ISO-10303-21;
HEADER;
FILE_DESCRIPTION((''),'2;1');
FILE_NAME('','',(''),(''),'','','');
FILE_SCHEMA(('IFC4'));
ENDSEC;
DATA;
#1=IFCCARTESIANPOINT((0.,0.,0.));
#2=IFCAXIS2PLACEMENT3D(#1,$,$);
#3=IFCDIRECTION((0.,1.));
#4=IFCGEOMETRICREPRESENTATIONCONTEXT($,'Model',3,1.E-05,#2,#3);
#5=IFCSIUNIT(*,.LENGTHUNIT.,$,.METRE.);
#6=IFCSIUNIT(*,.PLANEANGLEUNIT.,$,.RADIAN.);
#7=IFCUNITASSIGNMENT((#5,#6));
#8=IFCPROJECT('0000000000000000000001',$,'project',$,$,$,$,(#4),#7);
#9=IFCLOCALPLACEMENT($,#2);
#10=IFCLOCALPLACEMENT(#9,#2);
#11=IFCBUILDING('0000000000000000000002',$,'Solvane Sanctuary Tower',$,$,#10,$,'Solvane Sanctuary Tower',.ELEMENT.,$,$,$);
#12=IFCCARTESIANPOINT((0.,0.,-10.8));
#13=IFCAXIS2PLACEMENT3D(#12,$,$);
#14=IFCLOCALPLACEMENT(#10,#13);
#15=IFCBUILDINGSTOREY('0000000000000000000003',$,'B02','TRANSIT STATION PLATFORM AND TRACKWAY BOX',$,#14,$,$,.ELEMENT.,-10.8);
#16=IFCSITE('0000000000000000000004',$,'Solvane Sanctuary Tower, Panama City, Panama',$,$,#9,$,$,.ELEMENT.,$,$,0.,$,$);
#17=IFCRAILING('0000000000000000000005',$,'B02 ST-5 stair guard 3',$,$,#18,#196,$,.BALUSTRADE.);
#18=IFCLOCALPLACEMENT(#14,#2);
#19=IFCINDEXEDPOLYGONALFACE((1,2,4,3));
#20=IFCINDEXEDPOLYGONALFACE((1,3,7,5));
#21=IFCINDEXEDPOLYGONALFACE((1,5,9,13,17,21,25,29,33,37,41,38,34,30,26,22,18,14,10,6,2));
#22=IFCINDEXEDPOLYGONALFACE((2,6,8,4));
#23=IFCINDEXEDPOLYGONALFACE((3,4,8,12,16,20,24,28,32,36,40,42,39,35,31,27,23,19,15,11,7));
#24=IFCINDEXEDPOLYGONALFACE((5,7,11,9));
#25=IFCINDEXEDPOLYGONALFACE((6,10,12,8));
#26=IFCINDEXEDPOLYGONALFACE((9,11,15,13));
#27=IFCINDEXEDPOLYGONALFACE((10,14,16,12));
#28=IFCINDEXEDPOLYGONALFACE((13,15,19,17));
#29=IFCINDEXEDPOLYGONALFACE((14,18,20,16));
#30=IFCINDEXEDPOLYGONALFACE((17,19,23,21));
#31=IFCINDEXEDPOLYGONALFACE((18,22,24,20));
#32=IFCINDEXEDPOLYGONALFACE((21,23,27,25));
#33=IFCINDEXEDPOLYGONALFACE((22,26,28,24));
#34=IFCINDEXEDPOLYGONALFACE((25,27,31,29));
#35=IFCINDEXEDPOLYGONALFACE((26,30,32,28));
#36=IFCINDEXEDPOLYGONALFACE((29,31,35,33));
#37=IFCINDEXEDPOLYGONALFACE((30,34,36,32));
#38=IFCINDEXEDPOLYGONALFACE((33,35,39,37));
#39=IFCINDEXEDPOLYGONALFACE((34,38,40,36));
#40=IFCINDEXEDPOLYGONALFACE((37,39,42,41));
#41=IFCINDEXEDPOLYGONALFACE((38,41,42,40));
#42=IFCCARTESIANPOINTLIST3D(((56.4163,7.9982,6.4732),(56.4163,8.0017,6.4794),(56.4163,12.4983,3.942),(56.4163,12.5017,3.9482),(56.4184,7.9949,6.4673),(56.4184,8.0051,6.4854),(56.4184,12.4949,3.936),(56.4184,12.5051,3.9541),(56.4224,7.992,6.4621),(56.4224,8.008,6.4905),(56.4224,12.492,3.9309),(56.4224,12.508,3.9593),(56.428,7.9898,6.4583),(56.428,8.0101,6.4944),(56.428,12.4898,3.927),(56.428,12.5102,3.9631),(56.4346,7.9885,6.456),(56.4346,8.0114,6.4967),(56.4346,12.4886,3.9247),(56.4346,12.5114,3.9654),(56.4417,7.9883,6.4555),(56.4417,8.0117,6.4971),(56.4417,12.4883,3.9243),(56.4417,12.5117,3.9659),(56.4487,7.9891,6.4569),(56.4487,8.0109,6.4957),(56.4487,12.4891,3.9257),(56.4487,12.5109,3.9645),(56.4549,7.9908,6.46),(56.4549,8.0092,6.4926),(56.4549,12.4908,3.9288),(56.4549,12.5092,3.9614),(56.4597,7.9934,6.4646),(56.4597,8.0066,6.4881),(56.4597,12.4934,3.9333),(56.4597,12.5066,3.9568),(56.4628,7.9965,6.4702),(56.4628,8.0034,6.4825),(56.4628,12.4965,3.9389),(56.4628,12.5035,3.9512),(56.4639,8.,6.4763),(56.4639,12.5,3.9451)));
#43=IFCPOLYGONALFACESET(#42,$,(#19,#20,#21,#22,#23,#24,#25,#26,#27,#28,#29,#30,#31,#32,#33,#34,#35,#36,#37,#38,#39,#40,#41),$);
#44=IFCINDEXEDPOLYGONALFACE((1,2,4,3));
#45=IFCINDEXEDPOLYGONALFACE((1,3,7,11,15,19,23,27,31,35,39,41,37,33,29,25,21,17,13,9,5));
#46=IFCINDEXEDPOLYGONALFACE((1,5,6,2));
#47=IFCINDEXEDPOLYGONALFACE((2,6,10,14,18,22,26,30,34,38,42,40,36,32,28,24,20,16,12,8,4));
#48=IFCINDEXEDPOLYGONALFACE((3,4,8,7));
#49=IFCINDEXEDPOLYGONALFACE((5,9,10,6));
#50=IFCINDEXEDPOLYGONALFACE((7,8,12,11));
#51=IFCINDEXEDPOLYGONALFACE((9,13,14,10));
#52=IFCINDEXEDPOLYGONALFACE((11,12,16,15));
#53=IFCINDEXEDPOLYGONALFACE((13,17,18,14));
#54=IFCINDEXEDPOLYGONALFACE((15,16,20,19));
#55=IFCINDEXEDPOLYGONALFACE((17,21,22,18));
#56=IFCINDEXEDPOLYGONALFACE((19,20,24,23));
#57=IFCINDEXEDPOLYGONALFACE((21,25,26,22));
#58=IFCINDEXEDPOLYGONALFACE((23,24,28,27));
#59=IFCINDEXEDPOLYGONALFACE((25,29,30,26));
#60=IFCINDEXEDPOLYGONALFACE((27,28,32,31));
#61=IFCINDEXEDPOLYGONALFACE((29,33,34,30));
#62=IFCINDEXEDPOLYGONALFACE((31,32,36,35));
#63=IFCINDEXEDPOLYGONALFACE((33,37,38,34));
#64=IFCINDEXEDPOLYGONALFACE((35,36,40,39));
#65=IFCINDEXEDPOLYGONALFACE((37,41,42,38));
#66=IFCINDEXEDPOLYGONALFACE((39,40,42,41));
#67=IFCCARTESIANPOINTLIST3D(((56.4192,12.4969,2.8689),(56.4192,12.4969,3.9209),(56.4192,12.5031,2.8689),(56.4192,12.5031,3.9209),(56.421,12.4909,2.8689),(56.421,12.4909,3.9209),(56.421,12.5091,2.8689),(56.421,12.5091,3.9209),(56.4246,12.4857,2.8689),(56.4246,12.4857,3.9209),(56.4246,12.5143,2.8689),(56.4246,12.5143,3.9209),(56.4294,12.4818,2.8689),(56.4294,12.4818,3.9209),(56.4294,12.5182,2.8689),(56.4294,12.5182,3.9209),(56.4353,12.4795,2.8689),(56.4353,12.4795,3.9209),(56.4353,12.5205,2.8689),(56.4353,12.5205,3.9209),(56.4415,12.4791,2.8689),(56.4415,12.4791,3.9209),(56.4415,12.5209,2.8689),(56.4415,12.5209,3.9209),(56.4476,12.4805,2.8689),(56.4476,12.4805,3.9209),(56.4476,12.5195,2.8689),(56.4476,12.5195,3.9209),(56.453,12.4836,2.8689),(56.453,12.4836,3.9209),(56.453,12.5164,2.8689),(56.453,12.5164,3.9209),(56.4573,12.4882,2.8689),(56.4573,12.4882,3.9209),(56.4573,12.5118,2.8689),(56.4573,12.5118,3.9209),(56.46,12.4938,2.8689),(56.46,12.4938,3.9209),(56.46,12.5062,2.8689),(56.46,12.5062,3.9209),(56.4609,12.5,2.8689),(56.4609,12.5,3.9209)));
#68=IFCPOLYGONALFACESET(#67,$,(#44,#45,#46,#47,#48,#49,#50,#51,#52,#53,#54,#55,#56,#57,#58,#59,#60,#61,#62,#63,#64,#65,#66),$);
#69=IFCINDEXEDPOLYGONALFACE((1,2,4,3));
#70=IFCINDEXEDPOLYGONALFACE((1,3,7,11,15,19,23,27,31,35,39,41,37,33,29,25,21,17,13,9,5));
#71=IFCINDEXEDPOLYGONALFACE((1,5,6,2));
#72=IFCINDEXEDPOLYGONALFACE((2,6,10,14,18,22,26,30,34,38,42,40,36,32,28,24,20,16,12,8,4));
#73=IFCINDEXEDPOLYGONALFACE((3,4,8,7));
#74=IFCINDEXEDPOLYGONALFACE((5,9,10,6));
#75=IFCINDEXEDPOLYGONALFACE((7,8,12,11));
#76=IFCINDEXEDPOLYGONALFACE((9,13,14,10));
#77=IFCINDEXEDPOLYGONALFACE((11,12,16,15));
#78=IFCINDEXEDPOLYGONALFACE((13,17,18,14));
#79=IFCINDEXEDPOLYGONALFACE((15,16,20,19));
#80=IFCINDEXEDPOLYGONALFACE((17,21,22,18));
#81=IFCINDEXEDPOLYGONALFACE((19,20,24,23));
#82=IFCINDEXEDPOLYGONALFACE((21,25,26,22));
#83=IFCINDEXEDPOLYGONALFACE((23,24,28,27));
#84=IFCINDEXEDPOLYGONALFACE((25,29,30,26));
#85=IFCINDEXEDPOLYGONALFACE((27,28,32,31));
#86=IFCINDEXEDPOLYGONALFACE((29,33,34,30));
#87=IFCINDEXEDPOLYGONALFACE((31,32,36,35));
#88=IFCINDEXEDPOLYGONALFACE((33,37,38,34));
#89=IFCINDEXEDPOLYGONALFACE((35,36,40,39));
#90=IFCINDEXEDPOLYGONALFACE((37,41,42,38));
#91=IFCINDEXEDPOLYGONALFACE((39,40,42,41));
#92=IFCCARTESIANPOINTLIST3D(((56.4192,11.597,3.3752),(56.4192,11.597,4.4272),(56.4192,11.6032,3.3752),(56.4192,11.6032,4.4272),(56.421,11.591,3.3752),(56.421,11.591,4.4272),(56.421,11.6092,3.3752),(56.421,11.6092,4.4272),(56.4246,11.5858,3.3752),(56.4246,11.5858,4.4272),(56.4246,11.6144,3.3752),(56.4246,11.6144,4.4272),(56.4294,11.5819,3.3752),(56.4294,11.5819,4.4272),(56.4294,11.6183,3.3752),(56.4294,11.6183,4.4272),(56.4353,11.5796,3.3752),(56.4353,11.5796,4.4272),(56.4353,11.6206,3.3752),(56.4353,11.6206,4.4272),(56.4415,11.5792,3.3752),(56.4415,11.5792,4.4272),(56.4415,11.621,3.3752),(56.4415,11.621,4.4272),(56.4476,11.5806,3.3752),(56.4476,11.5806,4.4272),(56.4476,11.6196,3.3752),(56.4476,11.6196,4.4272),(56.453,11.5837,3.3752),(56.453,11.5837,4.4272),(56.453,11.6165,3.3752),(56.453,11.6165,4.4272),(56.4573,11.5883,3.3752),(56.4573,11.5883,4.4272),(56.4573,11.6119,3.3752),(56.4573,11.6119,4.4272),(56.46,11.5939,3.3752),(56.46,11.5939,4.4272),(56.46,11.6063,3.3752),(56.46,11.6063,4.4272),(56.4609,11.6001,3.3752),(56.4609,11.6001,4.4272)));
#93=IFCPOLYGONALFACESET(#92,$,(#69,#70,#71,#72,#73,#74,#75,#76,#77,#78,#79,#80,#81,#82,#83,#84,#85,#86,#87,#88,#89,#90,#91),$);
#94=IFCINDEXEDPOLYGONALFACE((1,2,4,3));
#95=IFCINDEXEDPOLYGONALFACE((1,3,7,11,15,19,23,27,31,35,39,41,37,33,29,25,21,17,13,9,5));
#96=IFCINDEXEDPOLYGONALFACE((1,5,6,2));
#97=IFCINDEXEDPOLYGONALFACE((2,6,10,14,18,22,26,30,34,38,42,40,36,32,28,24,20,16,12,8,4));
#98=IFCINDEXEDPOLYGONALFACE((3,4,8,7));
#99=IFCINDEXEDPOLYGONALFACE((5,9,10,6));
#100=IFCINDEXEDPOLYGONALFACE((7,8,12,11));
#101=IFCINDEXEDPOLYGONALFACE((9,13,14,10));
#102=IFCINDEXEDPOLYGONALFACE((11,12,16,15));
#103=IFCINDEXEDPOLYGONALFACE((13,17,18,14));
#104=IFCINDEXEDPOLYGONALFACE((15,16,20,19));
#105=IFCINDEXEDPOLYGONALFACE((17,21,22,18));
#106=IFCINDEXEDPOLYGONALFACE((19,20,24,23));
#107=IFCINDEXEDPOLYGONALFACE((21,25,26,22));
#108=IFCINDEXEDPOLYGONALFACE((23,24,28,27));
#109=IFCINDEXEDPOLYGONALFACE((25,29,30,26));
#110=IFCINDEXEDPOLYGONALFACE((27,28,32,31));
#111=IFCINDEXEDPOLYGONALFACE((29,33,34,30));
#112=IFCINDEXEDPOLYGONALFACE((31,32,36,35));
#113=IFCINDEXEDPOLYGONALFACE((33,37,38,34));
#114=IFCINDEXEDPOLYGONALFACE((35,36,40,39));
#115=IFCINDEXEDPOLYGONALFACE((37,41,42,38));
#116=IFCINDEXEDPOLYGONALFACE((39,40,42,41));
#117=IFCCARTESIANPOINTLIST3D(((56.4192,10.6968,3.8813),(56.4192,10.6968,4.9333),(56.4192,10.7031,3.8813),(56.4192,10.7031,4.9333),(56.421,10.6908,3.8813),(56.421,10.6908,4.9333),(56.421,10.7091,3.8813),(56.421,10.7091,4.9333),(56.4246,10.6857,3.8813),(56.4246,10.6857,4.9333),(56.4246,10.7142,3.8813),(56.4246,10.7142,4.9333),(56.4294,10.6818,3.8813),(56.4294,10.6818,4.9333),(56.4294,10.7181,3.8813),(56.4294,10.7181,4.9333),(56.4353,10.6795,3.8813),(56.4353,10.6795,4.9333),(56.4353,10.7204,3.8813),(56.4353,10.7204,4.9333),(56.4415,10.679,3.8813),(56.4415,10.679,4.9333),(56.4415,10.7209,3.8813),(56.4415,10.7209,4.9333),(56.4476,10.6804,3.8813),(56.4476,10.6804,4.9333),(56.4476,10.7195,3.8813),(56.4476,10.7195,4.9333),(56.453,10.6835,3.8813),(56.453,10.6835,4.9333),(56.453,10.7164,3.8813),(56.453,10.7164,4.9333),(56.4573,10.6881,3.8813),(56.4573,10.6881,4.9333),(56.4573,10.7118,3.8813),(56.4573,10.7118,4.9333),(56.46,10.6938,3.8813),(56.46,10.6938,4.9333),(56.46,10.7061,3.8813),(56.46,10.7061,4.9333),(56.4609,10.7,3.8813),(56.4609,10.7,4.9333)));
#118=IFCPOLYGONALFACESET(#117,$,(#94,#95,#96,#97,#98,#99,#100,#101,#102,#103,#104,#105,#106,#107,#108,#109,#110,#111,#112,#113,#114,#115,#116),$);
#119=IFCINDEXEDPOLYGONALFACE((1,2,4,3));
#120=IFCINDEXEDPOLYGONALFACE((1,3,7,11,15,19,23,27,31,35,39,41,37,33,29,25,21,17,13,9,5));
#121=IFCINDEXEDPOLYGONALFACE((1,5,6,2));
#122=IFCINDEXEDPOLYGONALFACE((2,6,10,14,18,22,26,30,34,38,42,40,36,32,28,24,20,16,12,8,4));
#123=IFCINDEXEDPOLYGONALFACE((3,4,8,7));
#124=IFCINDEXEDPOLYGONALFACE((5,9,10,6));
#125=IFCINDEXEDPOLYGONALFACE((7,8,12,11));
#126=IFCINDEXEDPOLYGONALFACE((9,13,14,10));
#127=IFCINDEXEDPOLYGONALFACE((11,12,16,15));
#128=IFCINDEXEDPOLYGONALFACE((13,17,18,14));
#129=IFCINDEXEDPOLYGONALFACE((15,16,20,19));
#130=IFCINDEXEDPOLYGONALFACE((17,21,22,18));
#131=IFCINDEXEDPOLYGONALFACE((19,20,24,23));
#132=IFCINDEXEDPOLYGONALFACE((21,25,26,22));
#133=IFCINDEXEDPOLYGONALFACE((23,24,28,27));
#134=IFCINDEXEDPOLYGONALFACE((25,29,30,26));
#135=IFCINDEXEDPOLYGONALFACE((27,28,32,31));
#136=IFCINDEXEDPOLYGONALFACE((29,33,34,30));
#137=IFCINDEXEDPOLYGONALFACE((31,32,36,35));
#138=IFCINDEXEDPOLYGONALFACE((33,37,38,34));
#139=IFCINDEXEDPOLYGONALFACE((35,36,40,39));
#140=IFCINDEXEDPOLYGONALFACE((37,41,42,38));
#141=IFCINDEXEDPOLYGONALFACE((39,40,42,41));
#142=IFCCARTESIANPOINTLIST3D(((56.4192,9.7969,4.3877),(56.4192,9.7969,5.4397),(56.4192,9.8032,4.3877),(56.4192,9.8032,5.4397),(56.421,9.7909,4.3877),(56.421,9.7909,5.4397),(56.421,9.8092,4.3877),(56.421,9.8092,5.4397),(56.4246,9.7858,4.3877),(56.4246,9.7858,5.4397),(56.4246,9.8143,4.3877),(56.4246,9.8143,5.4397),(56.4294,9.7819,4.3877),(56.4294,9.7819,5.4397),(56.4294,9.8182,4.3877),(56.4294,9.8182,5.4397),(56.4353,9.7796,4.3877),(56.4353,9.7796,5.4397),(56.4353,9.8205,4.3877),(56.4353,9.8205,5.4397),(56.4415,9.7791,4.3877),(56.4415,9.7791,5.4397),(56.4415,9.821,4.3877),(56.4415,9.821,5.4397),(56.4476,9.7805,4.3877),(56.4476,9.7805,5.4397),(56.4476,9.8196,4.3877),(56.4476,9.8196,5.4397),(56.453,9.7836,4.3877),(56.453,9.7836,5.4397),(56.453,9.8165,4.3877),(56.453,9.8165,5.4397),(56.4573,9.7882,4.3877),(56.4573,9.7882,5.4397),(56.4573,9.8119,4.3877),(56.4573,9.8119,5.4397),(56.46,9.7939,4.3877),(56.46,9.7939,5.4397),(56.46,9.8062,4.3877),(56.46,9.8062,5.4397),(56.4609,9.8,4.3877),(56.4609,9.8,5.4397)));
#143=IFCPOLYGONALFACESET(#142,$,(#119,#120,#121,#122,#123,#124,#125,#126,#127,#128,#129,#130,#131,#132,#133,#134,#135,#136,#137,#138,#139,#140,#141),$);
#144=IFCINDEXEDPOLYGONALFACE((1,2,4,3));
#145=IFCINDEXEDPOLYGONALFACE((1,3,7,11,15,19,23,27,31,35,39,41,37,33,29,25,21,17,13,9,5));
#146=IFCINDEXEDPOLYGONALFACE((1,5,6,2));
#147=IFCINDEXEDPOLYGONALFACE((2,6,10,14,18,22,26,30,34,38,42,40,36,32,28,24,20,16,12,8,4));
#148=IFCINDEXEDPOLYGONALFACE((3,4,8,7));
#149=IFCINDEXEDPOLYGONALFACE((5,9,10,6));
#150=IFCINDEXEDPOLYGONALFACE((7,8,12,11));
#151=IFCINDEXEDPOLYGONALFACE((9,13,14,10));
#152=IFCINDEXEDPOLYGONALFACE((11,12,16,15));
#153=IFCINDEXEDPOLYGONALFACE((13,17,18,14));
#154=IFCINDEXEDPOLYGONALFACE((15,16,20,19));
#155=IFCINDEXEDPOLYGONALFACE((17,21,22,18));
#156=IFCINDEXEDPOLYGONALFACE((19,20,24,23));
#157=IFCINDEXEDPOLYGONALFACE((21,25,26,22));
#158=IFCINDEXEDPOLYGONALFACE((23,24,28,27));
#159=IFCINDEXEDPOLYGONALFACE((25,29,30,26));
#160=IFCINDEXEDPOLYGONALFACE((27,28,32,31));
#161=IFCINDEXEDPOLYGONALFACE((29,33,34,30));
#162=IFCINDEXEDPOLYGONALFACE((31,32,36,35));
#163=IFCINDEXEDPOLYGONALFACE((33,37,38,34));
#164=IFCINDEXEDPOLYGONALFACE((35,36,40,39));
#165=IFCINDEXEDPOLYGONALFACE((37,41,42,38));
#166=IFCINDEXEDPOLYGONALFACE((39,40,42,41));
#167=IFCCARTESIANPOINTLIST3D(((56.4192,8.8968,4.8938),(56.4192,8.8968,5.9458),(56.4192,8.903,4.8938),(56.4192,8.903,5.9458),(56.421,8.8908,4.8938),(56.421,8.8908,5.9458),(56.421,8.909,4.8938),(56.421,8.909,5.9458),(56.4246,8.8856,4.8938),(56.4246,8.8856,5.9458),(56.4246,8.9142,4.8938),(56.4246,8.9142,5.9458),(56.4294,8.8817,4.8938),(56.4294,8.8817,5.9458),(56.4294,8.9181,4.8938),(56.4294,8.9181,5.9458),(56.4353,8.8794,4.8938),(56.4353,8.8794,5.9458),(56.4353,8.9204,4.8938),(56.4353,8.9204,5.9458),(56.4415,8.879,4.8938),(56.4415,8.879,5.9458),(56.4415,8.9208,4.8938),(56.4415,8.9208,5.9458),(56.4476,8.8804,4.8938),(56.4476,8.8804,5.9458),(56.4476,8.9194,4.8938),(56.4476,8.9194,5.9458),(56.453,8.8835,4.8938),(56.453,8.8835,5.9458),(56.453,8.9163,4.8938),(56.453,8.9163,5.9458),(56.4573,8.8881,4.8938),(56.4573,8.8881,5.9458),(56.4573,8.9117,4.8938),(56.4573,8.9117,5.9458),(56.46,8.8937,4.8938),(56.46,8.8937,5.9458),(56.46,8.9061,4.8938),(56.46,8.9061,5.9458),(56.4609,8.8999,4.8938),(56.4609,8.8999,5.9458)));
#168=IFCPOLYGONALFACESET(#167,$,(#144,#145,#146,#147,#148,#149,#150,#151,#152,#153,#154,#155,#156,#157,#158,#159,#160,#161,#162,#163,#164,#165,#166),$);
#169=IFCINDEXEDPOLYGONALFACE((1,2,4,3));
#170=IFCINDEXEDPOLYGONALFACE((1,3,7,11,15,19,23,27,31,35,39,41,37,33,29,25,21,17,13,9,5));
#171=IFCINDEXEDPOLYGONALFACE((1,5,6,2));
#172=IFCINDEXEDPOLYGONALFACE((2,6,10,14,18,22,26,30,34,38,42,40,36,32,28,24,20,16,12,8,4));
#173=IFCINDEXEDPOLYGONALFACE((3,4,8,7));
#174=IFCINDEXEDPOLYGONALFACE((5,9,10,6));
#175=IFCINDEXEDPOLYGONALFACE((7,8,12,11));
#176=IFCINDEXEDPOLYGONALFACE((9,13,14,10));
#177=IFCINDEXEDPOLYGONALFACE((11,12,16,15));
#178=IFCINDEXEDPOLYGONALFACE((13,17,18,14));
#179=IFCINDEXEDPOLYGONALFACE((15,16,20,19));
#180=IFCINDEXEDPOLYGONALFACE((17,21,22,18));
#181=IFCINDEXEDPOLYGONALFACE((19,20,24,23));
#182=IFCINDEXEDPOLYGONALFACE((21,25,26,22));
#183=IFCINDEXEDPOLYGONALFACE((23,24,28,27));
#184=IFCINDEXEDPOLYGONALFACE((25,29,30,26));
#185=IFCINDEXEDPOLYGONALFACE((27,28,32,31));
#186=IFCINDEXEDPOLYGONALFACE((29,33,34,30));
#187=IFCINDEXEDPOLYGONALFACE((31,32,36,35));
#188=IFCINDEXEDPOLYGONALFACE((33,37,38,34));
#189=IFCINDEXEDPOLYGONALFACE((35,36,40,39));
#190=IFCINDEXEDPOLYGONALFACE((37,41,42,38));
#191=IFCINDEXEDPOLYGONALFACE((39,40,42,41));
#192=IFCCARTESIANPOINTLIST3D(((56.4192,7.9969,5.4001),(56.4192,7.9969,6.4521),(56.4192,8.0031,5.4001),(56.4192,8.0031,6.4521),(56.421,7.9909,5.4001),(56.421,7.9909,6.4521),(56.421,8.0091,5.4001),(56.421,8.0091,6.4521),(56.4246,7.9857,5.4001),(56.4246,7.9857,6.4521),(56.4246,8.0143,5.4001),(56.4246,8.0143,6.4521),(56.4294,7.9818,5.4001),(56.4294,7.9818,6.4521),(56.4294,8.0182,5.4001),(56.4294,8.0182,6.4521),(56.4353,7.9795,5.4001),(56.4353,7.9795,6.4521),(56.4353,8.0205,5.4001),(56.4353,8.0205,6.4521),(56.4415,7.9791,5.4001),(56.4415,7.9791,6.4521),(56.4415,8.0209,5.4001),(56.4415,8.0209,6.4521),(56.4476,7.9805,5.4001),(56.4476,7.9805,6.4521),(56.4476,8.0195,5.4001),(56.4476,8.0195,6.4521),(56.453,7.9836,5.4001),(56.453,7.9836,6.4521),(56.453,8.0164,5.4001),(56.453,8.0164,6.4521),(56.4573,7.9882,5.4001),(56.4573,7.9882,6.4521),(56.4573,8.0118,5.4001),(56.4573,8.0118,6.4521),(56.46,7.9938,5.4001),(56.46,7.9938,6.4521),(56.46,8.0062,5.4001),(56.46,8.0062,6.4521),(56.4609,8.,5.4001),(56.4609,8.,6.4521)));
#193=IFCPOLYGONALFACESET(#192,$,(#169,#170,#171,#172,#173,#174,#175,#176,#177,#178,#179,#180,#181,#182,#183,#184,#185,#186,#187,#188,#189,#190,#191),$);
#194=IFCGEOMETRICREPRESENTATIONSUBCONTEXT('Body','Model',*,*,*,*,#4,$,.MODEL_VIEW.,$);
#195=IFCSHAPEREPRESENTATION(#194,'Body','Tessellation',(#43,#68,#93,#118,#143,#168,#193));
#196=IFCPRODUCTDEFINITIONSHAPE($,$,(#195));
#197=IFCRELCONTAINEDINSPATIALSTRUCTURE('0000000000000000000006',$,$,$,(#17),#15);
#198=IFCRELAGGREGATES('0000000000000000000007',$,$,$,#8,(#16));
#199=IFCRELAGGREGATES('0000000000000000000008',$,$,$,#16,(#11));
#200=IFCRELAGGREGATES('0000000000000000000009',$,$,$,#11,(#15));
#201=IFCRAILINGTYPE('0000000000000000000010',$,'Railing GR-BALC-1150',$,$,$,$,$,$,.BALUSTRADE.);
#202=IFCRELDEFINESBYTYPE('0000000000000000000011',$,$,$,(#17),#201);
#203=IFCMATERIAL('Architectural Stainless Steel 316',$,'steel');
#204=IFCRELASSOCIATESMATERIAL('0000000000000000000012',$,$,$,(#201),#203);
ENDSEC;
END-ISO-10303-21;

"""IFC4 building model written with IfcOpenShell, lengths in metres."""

from ifc_helpers import new_model, si_unit, direction, frame, origin, origin_2d, place, context, subcontext, project, spatial, circle, extrude, material, type_object, element, save


model = new_model("IFC4")

# Units and contexts
model_context = context("Model", 3, precision=1e-05, world=origin(), true_north=direction((0.0, 1.0)))
body_context = subcontext(model_context, "Body", "Model", "MODEL_VIEW")
ifc_project = project(units=[si_unit("LENGTHUNIT", "METRE"), si_unit("PLANEANGLEUNIT", "RADIAN")], contexts=[model_context])

# Site, building, storey
site_placement = place(None, origin())
site = spatial("IfcSite", under=ifc_project, at=site_placement, Name="Solvane Sanctuary Tower, Panama City, Panama", CompositionType="ELEMENT", RefElevation=0.0)
building_placement = place(site_placement, origin())
building = spatial("IfcBuilding", under=site, at=building_placement, Name="Solvane Sanctuary Tower", LongName="Solvane Sanctuary Tower", CompositionType="ELEMENT")
storey_placement = place(building_placement, frame((0.0, 0.0, -10.8)))
storey = spatial("IfcBuildingStorey", under=building, at=storey_placement, Name="B02", Description="TRANSIT STATION PLATFORM AND TRACKWAY BOX", CompositionType="ELEMENT", Elevation=-10.8)

# Shared definitions
ifc_material_1 = material(Name="Architectural Stainless Steel 316", Category="steel")

# Railing
railing_type_1 = type_object("IfcRailingType", Name="Railing GR-BALC-1150", PredefinedType="BALUSTRADE", material=ifc_material_1)
railing_1_placement = place(storey_placement, frame((56.4399, 12.5, 2.8689)))
element("IfcRailing", 1, at=railing_1_placement, inside=storey, type_object=railing_type_1, Name="B02 ST-5 stair guard 3", PredefinedType="BALUSTRADE", context=body_context, shape_type="SweptSolid", body=[
    extrude(circle(Radius=0.0239, at=origin_2d()), frame((0.0, 0.0, 1.0762), z_axis=(0.0, -0.871576, 0.490261), x_axis=(1.0, 0.0, 0.0)), (0.0, 0.0, 1.0), 5.1631),
    extrude(circle(Radius=0.021, at=origin_2d()), origin(), (0.0, 0.0, 1.0), 1.052),
    extrude(circle(Radius=0.021, at=origin_2d()), frame((0.0, -0.8999, 0.5063)), (0.0, 0.0, 1.0), 1.052),
    extrude(circle(Radius=0.021, at=origin_2d()), frame((0.0, -1.8, 1.0125)), (0.0, 0.0, 1.0), 1.052),
    extrude(circle(Radius=0.021, at=origin_2d()), frame((0.0, -2.7, 1.5188)), (0.0, 0.0, 1.0), 1.052),
    extrude(circle(Radius=0.021, at=origin_2d()), frame((0.0, -3.6001, 2.0249)), (0.0, 0.0, 1.0), 1.052),
    extrude(circle(Radius=0.021, at=origin_2d()), frame((0.0, -4.5, 2.5312)), (0.0, 0.0, 1.0), 1.052),
])

save(model, "model.ifc")
